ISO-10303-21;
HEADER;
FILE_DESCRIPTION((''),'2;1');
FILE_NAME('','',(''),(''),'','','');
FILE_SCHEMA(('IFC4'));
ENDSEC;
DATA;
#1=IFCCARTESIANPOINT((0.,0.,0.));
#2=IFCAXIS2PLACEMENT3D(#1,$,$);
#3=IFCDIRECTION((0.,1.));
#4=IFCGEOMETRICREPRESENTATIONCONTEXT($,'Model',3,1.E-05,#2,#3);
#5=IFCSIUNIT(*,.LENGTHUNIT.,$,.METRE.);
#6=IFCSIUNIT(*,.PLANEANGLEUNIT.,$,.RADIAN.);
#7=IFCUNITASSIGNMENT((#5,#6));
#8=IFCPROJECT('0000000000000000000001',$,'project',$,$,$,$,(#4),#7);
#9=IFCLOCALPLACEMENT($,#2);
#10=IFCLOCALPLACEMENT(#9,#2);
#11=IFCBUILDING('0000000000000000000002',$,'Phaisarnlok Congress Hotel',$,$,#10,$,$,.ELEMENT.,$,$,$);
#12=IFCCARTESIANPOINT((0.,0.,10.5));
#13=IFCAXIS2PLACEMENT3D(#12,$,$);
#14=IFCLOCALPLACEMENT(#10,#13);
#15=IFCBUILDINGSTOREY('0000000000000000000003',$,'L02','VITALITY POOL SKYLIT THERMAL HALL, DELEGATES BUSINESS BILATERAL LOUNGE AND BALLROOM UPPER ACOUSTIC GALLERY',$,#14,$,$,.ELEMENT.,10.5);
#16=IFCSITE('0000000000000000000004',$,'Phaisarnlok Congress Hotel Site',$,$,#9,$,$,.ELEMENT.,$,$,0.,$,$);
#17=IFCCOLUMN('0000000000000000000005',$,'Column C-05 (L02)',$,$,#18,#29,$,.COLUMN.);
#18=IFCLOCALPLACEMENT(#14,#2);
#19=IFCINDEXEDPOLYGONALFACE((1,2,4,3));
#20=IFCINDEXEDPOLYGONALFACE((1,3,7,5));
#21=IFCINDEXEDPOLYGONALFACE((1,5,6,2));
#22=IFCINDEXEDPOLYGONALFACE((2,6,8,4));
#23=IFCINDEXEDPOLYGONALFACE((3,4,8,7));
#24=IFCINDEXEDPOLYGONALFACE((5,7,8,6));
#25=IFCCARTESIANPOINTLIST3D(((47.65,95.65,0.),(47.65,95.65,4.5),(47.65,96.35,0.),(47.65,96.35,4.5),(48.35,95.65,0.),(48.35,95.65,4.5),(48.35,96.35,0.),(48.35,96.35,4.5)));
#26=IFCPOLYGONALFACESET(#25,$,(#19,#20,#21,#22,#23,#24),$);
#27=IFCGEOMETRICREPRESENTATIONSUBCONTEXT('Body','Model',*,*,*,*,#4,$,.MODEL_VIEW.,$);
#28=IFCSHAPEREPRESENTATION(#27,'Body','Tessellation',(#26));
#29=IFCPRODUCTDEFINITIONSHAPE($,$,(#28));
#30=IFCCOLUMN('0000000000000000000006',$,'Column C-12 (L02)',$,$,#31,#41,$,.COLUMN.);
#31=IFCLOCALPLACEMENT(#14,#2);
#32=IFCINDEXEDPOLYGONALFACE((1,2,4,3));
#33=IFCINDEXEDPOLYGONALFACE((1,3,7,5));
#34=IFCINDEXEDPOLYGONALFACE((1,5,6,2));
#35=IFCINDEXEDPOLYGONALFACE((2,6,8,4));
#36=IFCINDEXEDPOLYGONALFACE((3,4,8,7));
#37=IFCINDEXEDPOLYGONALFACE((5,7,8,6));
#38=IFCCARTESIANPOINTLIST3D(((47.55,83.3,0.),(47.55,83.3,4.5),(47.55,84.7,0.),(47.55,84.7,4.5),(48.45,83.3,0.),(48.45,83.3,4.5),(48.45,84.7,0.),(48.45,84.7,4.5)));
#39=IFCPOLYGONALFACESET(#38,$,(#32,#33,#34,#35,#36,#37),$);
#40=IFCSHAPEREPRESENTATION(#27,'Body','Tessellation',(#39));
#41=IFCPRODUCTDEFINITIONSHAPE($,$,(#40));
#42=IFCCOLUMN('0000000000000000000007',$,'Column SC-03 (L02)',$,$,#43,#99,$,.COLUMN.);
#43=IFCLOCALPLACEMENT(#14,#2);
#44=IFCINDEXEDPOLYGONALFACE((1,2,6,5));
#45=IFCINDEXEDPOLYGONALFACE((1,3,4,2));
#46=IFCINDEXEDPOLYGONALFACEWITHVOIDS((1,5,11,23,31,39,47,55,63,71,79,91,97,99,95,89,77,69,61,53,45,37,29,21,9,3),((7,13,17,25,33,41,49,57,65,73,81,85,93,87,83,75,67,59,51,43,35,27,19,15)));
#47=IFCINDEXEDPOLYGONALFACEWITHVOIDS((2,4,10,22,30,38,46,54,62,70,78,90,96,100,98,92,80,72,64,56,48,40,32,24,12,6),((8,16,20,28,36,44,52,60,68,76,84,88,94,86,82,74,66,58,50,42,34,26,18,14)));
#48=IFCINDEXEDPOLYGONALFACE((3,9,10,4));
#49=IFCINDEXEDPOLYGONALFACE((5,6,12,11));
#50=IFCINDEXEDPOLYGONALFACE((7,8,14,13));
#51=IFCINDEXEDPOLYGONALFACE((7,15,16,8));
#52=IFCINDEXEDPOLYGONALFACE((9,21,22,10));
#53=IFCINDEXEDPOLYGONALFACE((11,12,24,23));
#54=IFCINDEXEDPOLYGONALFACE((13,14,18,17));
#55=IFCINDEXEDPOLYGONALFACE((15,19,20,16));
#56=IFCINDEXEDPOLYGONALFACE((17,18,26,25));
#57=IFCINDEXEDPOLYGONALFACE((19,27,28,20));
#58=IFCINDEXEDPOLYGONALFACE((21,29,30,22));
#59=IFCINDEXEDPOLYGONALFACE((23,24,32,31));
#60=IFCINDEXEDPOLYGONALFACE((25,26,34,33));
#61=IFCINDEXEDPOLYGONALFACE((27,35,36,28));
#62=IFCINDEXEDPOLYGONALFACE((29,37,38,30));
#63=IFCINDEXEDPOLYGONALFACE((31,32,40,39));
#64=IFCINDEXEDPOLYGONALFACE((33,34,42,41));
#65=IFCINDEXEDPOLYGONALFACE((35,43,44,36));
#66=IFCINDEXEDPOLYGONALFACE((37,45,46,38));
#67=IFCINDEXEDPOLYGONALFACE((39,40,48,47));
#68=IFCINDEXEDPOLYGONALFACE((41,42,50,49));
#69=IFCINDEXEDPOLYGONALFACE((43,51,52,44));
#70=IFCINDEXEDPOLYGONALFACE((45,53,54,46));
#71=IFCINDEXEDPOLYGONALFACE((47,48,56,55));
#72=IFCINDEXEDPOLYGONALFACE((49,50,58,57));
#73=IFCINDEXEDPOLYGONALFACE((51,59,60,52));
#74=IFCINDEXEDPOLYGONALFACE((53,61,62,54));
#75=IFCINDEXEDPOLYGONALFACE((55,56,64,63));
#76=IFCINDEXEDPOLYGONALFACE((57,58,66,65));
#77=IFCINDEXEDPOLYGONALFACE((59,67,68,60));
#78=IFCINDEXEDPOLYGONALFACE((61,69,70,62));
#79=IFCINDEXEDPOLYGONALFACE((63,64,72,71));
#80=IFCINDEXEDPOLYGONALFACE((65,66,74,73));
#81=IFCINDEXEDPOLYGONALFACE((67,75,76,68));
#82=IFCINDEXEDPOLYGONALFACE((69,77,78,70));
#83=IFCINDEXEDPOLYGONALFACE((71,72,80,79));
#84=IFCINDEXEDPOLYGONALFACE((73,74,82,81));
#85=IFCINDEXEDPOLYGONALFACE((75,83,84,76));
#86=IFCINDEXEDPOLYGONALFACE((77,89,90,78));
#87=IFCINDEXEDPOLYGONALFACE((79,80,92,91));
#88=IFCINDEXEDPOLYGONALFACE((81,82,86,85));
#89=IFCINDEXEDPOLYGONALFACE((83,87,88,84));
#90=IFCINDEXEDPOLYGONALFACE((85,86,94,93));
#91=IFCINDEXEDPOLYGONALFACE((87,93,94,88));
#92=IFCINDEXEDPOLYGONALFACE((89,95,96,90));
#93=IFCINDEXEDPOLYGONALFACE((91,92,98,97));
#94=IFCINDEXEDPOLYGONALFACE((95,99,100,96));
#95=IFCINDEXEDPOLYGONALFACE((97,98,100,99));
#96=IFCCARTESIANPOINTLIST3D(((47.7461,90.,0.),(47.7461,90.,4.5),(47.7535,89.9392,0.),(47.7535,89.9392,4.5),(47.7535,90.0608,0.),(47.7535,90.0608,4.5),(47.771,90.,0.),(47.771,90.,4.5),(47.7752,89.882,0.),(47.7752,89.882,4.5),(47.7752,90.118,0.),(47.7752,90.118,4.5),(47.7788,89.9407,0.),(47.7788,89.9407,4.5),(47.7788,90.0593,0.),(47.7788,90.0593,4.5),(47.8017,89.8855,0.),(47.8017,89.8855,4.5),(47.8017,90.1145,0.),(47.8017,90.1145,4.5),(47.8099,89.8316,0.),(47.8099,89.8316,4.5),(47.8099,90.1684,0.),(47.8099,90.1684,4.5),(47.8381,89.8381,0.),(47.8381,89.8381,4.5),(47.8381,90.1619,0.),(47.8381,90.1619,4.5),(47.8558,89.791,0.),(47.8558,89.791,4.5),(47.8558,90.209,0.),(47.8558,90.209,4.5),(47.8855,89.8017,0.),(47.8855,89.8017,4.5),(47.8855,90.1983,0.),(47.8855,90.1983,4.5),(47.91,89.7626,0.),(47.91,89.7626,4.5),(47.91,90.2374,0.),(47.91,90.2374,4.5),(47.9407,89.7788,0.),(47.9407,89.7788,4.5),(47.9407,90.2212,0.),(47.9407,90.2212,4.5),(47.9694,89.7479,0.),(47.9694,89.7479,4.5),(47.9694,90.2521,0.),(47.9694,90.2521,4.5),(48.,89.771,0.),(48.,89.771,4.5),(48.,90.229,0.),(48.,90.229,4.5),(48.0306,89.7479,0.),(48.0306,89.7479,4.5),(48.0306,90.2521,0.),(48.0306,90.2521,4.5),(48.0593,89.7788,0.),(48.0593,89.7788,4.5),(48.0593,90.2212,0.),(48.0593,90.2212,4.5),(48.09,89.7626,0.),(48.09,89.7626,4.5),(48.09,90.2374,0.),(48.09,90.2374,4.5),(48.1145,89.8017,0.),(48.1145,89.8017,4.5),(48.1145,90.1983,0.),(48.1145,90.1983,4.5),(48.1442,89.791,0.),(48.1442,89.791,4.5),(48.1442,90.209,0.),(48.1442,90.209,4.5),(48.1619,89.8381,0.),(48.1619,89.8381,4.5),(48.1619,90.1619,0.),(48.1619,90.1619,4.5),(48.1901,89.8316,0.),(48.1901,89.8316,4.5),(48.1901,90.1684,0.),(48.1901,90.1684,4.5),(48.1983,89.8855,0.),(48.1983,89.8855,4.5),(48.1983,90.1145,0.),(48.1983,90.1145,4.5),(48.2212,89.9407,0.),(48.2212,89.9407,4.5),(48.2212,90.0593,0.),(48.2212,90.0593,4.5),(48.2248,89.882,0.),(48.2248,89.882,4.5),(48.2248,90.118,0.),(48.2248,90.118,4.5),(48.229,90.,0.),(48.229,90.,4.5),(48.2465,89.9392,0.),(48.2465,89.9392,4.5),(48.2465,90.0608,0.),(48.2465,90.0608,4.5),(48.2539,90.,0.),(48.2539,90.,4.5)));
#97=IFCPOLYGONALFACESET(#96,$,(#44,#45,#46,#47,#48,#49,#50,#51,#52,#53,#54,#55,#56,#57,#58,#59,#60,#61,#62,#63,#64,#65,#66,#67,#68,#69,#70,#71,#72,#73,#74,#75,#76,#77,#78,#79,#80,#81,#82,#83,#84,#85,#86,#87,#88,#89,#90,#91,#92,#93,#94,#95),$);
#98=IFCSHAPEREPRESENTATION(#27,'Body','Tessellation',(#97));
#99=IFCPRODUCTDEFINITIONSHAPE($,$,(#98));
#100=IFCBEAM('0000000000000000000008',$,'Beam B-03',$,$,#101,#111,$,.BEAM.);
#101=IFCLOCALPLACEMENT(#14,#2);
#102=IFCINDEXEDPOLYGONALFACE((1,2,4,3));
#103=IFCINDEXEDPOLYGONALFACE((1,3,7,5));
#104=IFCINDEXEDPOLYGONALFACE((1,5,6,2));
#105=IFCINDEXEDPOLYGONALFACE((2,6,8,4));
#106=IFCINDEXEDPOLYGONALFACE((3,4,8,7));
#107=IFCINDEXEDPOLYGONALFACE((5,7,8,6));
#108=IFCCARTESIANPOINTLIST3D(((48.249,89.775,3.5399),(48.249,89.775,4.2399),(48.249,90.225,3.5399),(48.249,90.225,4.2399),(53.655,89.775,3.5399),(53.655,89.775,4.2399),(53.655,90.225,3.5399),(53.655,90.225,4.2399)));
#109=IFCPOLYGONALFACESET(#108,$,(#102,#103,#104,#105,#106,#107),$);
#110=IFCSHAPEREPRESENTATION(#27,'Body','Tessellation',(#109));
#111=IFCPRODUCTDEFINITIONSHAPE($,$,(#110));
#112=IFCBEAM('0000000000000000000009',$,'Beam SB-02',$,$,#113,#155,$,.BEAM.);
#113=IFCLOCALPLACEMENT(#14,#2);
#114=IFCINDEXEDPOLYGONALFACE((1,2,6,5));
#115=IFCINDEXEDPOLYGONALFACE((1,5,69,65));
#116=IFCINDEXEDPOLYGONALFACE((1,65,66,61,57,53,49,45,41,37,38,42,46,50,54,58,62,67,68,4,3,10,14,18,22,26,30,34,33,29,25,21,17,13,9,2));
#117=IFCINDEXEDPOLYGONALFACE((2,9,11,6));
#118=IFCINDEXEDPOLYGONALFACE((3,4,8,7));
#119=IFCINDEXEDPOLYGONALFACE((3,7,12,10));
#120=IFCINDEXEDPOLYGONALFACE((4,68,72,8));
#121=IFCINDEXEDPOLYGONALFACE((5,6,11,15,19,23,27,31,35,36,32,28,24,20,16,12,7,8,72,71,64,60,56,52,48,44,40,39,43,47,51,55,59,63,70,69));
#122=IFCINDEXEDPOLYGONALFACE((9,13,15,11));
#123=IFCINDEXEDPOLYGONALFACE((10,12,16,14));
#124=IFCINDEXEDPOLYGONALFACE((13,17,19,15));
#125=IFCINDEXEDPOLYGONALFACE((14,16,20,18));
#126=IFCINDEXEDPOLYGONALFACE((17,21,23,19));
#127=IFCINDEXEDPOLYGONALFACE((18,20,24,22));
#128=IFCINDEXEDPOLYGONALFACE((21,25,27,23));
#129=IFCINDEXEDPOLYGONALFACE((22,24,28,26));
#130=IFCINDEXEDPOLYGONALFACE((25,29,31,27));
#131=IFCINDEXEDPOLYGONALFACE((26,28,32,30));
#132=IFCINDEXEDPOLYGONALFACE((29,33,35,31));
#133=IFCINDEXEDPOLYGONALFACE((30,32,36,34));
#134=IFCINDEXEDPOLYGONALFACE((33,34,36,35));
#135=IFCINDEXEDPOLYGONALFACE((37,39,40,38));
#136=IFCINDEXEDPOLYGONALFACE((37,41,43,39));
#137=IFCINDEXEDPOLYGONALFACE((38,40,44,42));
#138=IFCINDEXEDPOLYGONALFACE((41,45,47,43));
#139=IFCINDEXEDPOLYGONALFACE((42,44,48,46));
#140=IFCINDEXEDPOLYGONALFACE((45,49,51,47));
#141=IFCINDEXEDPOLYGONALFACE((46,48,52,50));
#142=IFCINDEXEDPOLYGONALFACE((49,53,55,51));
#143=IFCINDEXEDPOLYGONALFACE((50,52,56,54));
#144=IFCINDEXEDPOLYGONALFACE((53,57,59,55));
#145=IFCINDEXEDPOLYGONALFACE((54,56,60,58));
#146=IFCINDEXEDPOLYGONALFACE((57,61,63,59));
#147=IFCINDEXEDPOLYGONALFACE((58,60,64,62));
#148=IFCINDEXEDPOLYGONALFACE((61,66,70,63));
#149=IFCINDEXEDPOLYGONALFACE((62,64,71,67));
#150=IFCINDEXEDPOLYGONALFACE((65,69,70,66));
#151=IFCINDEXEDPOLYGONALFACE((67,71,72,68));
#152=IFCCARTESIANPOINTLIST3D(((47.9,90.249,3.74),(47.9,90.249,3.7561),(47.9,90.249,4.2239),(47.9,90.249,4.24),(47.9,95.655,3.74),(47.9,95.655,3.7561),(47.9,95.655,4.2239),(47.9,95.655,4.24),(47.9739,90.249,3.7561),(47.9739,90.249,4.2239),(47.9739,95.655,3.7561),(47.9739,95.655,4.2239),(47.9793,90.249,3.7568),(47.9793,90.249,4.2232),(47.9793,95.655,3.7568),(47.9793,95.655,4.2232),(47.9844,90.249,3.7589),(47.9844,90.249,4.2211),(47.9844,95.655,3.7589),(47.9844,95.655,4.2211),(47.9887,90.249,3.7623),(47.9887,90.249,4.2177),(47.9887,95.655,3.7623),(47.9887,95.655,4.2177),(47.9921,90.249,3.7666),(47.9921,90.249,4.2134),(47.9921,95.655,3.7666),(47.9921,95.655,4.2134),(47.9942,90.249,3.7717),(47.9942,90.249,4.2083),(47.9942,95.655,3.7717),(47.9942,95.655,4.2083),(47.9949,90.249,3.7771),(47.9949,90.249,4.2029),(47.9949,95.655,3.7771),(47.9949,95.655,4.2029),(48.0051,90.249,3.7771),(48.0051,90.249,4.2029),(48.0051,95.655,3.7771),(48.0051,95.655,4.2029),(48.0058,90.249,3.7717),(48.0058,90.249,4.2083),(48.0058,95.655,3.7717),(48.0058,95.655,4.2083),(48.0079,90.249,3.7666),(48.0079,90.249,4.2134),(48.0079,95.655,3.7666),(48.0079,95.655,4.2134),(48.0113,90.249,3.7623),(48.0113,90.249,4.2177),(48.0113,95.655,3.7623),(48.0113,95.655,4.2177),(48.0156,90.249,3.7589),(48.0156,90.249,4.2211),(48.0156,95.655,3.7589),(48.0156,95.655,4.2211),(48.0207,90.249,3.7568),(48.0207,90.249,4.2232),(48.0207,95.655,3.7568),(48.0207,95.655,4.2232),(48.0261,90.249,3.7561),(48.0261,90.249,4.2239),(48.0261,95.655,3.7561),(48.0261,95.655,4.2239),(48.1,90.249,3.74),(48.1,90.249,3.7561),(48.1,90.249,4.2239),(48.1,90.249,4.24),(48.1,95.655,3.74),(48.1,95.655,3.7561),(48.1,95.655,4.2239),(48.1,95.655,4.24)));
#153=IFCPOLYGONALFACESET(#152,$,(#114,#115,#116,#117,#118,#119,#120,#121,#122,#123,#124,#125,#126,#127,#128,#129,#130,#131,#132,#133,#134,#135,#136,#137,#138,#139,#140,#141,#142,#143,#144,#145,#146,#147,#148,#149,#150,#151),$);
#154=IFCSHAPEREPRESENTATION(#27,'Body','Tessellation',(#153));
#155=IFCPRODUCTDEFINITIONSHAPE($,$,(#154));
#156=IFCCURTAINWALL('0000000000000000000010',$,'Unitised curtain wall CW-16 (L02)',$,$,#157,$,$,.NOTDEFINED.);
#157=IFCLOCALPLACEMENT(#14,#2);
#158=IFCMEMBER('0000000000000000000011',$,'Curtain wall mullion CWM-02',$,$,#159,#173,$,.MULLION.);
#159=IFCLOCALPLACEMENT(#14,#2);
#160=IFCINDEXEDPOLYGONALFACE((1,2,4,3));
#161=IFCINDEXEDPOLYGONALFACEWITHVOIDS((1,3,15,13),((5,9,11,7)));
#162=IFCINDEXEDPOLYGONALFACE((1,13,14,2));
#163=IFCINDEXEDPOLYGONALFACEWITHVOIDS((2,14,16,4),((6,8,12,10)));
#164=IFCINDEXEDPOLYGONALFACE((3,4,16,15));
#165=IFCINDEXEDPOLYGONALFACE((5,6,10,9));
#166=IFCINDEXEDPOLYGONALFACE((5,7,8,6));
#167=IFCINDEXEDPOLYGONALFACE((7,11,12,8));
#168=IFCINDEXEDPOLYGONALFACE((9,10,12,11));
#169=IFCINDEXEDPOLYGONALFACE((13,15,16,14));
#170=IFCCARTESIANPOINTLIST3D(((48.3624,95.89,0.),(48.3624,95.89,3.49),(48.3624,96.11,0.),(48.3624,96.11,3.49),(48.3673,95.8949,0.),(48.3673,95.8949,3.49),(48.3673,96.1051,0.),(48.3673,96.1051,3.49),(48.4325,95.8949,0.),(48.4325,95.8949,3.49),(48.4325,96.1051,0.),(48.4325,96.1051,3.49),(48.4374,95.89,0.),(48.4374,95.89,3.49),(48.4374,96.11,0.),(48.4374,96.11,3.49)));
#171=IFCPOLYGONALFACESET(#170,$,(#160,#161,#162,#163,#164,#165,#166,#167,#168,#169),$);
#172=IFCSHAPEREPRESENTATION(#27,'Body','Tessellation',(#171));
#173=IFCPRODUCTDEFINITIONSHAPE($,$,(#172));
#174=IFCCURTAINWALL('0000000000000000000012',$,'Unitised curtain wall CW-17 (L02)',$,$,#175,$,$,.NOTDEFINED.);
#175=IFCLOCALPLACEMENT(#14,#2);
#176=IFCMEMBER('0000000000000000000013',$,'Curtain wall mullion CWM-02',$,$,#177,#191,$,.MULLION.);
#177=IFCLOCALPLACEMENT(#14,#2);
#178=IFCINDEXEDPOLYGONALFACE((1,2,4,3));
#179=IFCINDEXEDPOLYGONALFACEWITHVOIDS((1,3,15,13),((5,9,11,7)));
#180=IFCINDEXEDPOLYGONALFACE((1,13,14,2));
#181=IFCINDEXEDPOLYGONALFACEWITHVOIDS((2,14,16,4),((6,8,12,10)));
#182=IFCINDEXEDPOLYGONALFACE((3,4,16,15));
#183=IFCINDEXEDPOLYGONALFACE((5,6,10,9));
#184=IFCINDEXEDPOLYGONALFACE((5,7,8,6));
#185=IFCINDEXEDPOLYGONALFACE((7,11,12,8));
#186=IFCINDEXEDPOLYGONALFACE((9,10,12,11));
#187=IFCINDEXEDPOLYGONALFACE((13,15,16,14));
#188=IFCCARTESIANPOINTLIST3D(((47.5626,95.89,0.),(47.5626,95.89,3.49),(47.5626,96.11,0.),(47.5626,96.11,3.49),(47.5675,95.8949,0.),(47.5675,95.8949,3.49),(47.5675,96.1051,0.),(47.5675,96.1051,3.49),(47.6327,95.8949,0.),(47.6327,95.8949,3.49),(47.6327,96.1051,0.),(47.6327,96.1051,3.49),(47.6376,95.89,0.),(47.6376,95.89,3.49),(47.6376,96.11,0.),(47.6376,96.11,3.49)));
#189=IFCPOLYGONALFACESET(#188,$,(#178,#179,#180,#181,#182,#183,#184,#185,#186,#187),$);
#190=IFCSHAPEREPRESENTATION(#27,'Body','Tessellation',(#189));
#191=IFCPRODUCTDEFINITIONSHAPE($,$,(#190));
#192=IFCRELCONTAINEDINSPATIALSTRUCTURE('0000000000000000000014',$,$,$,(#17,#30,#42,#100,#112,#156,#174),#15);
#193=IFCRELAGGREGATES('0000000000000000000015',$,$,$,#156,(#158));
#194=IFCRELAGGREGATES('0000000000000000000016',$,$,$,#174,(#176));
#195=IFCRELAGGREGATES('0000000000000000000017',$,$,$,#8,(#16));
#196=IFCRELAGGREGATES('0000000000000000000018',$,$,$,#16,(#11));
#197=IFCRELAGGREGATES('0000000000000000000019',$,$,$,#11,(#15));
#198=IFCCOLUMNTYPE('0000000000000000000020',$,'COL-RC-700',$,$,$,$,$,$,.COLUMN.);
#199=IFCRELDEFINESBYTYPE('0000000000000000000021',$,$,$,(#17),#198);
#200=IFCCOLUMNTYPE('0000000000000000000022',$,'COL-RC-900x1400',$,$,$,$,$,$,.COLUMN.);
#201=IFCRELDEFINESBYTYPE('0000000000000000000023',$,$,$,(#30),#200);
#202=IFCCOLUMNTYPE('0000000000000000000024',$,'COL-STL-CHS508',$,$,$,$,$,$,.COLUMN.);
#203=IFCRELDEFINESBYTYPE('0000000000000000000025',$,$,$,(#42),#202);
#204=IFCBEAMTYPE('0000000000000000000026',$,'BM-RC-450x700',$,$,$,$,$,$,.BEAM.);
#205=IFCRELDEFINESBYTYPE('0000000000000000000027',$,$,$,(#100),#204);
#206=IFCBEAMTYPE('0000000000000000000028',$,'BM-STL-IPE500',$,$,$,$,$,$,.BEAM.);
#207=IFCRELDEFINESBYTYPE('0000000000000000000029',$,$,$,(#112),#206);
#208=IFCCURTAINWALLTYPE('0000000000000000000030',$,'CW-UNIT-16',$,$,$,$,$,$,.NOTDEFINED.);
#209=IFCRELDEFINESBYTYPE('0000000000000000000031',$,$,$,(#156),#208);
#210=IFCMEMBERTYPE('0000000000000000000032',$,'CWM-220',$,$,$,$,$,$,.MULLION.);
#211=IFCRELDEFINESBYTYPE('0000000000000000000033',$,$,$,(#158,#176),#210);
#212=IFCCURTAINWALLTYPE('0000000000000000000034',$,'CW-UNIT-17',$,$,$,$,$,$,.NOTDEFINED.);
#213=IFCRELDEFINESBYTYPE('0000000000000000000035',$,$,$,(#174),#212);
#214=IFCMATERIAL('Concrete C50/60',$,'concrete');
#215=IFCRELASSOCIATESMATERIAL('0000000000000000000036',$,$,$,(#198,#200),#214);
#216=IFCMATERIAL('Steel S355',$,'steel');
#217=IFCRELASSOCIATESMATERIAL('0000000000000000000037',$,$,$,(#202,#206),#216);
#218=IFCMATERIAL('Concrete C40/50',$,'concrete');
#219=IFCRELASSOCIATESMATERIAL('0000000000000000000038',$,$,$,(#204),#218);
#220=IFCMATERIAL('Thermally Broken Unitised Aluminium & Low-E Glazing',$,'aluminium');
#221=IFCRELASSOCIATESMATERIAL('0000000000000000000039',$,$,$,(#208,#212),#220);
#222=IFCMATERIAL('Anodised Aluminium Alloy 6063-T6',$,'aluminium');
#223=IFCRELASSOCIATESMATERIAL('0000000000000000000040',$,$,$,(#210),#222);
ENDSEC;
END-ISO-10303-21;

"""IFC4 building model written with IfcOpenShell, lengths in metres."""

from ifc_helpers import new_model, si_unit, direction, frame, origin, origin_2d, place, context, subcontext, project, spatial, rectangle, hollow_rectangle, hollow_circle, i_section, extrude, material, material_profile, profile_set, type_object, element, aggregate, save


model = new_model("IFC4")

# Units and contexts
model_context = context("Model", 3, precision=1e-05, world=origin(), true_north=direction((0.0, 1.0)))
body_context = subcontext(model_context, "Body", "Model", "MODEL_VIEW")
ifc_project = project(units=[si_unit("LENGTHUNIT", "METRE"), si_unit("PLANEANGLEUNIT", "RADIAN")], contexts=[model_context])

# Site, building, storey
site_placement = place(None, origin())
site = spatial("IfcSite", under=ifc_project, at=site_placement, Name="Phaisarnlok Congress Hotel Site", CompositionType="ELEMENT", RefElevation=0.0)
building_placement = place(site_placement, origin())
building = spatial("IfcBuilding", under=site, at=building_placement, Name="Phaisarnlok Congress Hotel", CompositionType="ELEMENT")
storey_placement = place(building_placement, frame((0.0, 0.0, 10.5)))
storey = spatial("IfcBuildingStorey", under=building, at=storey_placement, Name="L02", Description="VITALITY POOL SKYLIT THERMAL HALL, DELEGATES BUSINESS BILATERAL LOUNGE AND BALLROOM UPPER ACOUSTIC GALLERY", CompositionType="ELEMENT", Elevation=10.5)

# Columns
ifc_material_1 = material(Name="Concrete C50/60", Category="concrete")
ifc_material_profile_1 = material_profile(ifc_material_1, rectangle(XDim=0.7, YDim=0.7, at=origin_2d()), Name="RC 700x700")
ifc_profile_set_1 = profile_set([ifc_material_profile_1], Name="Concrete C50/60")
column_type_1 = type_object("IfcColumnType", Name="COL-RC-700", PredefinedType="COLUMN", material=ifc_profile_set_1)
column_1_placement = place(storey_placement, frame((48.0, 96.0, 0.0), z_axis=(0.0, 0.0, 1.0), x_axis=(1.0, 0.0, 0.0)))
element("IfcColumn", 1, at=column_1_placement, inside=storey, type_object=column_type_1, Name="Column C-05 (L02)", PredefinedType="COLUMN", context=body_context, shape_type="SweptSolid", body=[
    extrude(rectangle(XDim=0.7, YDim=0.7, at=origin_2d()), origin(), (0.0, 0.0, 1.0), 4.5),
])
ifc_material_profile_2 = material_profile(ifc_material_1, rectangle(XDim=0.8999, YDim=1.3999, at=origin_2d()), Name="RC 900x1400")
ifc_profile_set_2 = profile_set([ifc_material_profile_2], Name="Concrete C50/60")
column_type_2 = type_object("IfcColumnType", Name="COL-RC-900x1400", PredefinedType="COLUMN", material=ifc_profile_set_2)
column_2_placement = place(storey_placement, frame((48.0, 84.0, 0.0), z_axis=(0.0, 0.0, 1.0), x_axis=(1.0, 0.0, 0.0)))
element("IfcColumn", 2, at=column_2_placement, inside=storey, type_object=column_type_2, Name="Column C-12 (L02)", PredefinedType="COLUMN", context=body_context, shape_type="SweptSolid", body=[
    extrude(rectangle(XDim=0.8999, YDim=1.3999, at=origin_2d()), origin(), (0.0, 0.0, 1.0), 4.5),
])
ifc_material_2 = material(Name="Steel S355", Category="steel")
ifc_material_profile_3 = material_profile(ifc_material_2, hollow_circle(Radius=0.2539, WallThickness=0.0249, at=origin_2d()), Name="CHS 508x25")
ifc_profile_set_3 = profile_set([ifc_material_profile_3], Name="Steel S355")
column_type_3 = type_object("IfcColumnType", Name="COL-STL-CHS508", PredefinedType="COLUMN", material=ifc_profile_set_3)
column_3_placement = place(storey_placement, frame((48.0, 90.0, 0.0), z_axis=(0.0, 0.0, 1.0), x_axis=(1.0, 0.0, 0.0)))
element("IfcColumn", 3, at=column_3_placement, inside=storey, type_object=column_type_3, Name="Column SC-03 (L02)", PredefinedType="COLUMN", context=body_context, shape_type="SweptSolid", body=[
    extrude(hollow_circle(Radius=0.2539, WallThickness=0.0249, at=origin_2d()), origin(), (0.0, 0.0, 1.0), 4.5),
])

# Beams
ifc_material_3 = material(Name="Concrete C40/50", Category="concrete")
ifc_material_profile_4 = material_profile(ifc_material_3, rectangle(XDim=0.45, YDim=0.7, at=origin_2d()), Name="RC 450x700")
ifc_profile_set_4 = profile_set([ifc_material_profile_4], Name="Concrete C40/50")
beam_type_1 = type_object("IfcBeamType", Name="BM-RC-450x700", PredefinedType="BEAM", material=ifc_profile_set_4)
beam_1_placement = place(storey_placement, frame((48.249, 90.0, 3.8899), z_axis=(1.0, 0.0, 0.0), x_axis=(0.0, 1.0, 0.0)))
element("IfcBeam", 4, at=beam_1_placement, inside=storey, type_object=beam_type_1, Name="Beam B-03", PredefinedType="BEAM", context=body_context, shape_type="SweptSolid", body=[
    extrude(rectangle(XDim=0.45, YDim=0.7, at=origin_2d()), origin(), (0.0, 0.0, 1.0), 5.406),
])
ifc_material_profile_5 = material_profile(ifc_material_2, i_section(OverallWidth=0.2, OverallDepth=0.5, WebThickness=0.0103, FlangeThickness=0.0161, FilletRadius=0.021, at=origin_2d()), Name="IPE 500")
ifc_profile_set_5 = profile_set([ifc_material_profile_5], Name="Steel S355")
beam_type_2 = type_object("IfcBeamType", Name="BM-STL-IPE500", PredefinedType="BEAM", material=ifc_profile_set_5)
beam_2_placement = place(storey_placement, frame((48.0, 90.249, 3.99), z_axis=(0.0, 1.0, 0.0), x_axis=(-1.0, 0.0, 0.0)))
element("IfcBeam", 5, at=beam_2_placement, inside=storey, type_object=beam_type_2, Name="Beam SB-02", PredefinedType="BEAM", context=body_context, shape_type="SweptSolid", body=[
    extrude(i_section(OverallWidth=0.2, OverallDepth=0.5, WebThickness=0.0103, FlangeThickness=0.0161, FilletRadius=0.021, at=origin_2d()), origin(), (0.0, 0.0, 1.0), 5.406),
])

# Curtain wall, member
ifc_material_4 = material(Name="Thermally Broken Unitised Aluminium & Low-E Glazing", Category="aluminium")
curtain_wall_type_1 = type_object("IfcCurtainWallType", Name="CW-UNIT-16", PredefinedType="NOTDEFINED", material=ifc_material_4)
curtain_wall_1_placement = place(storey_placement, origin())
curtain_wall_1 = element("IfcCurtainWall", 6, at=curtain_wall_1_placement, inside=storey, type_object=curtain_wall_type_1, Name="Unitised curtain wall CW-16 (L02)", PredefinedType="NOTDEFINED")
ifc_material_5 = material(Name="Anodised Aluminium Alloy 6063-T6", Category="aluminium")
ifc_material_profile_6 = material_profile(ifc_material_5, hollow_rectangle(XDim=0.075, YDim=0.22, WallThickness=0.0049, at=origin_2d()), Name="ALU-M 75x220x5")
ifc_profile_set_6 = profile_set([ifc_material_profile_6], Name="Anodised Aluminium Alloy 6063-T6")
member_type_1 = type_object("IfcMemberType", Name="CWM-220", PredefinedType="MULLION", material=ifc_profile_set_6)
member_1_placement = place(storey_placement, frame((48.3999, 96.0, 0.0), z_axis=(0.0, 0.0, 1.0), x_axis=(-1.0, 0.0, 0.0)))
member_1 = element("IfcMember", 7, at=member_1_placement, type_object=member_type_1, Name="Curtain wall mullion CWM-02", PredefinedType="MULLION", context=body_context, shape_type="SweptSolid", body=[
    extrude(hollow_rectangle(XDim=0.075, YDim=0.22, WallThickness=0.0049, at=origin_2d()), origin(), (0.0, 0.0, 1.0), 3.49),
])
aggregate(curtain_wall_1, [member_1])

# Curtain wall, member
curtain_wall_type_2 = type_object("IfcCurtainWallType", Name="CW-UNIT-17", PredefinedType="NOTDEFINED", material=ifc_material_4)
curtain_wall_2_placement = place(storey_placement, origin())
curtain_wall_2 = element("IfcCurtainWall", 8, at=curtain_wall_2_placement, inside=storey, type_object=curtain_wall_type_2, Name="Unitised curtain wall CW-17 (L02)", PredefinedType="NOTDEFINED")
member_2_placement = place(storey_placement, frame((47.6001, 96.0, 0.0), z_axis=(0.0, 0.0, 1.0), x_axis=(-1.0, 0.0, 0.0)))
member_2 = element("IfcMember", 9, at=member_2_placement, type_object=member_type_1, Name="Curtain wall mullion CWM-02", PredefinedType="MULLION", context=body_context, shape_type="SweptSolid", body=[
    extrude(hollow_rectangle(XDim=0.075, YDim=0.22, WallThickness=0.0049, at=origin_2d()), origin(), (0.0, 0.0, 1.0), 3.49),
])

aggregate(curtain_wall_2, [member_2])

save(model, "model.ifc")
